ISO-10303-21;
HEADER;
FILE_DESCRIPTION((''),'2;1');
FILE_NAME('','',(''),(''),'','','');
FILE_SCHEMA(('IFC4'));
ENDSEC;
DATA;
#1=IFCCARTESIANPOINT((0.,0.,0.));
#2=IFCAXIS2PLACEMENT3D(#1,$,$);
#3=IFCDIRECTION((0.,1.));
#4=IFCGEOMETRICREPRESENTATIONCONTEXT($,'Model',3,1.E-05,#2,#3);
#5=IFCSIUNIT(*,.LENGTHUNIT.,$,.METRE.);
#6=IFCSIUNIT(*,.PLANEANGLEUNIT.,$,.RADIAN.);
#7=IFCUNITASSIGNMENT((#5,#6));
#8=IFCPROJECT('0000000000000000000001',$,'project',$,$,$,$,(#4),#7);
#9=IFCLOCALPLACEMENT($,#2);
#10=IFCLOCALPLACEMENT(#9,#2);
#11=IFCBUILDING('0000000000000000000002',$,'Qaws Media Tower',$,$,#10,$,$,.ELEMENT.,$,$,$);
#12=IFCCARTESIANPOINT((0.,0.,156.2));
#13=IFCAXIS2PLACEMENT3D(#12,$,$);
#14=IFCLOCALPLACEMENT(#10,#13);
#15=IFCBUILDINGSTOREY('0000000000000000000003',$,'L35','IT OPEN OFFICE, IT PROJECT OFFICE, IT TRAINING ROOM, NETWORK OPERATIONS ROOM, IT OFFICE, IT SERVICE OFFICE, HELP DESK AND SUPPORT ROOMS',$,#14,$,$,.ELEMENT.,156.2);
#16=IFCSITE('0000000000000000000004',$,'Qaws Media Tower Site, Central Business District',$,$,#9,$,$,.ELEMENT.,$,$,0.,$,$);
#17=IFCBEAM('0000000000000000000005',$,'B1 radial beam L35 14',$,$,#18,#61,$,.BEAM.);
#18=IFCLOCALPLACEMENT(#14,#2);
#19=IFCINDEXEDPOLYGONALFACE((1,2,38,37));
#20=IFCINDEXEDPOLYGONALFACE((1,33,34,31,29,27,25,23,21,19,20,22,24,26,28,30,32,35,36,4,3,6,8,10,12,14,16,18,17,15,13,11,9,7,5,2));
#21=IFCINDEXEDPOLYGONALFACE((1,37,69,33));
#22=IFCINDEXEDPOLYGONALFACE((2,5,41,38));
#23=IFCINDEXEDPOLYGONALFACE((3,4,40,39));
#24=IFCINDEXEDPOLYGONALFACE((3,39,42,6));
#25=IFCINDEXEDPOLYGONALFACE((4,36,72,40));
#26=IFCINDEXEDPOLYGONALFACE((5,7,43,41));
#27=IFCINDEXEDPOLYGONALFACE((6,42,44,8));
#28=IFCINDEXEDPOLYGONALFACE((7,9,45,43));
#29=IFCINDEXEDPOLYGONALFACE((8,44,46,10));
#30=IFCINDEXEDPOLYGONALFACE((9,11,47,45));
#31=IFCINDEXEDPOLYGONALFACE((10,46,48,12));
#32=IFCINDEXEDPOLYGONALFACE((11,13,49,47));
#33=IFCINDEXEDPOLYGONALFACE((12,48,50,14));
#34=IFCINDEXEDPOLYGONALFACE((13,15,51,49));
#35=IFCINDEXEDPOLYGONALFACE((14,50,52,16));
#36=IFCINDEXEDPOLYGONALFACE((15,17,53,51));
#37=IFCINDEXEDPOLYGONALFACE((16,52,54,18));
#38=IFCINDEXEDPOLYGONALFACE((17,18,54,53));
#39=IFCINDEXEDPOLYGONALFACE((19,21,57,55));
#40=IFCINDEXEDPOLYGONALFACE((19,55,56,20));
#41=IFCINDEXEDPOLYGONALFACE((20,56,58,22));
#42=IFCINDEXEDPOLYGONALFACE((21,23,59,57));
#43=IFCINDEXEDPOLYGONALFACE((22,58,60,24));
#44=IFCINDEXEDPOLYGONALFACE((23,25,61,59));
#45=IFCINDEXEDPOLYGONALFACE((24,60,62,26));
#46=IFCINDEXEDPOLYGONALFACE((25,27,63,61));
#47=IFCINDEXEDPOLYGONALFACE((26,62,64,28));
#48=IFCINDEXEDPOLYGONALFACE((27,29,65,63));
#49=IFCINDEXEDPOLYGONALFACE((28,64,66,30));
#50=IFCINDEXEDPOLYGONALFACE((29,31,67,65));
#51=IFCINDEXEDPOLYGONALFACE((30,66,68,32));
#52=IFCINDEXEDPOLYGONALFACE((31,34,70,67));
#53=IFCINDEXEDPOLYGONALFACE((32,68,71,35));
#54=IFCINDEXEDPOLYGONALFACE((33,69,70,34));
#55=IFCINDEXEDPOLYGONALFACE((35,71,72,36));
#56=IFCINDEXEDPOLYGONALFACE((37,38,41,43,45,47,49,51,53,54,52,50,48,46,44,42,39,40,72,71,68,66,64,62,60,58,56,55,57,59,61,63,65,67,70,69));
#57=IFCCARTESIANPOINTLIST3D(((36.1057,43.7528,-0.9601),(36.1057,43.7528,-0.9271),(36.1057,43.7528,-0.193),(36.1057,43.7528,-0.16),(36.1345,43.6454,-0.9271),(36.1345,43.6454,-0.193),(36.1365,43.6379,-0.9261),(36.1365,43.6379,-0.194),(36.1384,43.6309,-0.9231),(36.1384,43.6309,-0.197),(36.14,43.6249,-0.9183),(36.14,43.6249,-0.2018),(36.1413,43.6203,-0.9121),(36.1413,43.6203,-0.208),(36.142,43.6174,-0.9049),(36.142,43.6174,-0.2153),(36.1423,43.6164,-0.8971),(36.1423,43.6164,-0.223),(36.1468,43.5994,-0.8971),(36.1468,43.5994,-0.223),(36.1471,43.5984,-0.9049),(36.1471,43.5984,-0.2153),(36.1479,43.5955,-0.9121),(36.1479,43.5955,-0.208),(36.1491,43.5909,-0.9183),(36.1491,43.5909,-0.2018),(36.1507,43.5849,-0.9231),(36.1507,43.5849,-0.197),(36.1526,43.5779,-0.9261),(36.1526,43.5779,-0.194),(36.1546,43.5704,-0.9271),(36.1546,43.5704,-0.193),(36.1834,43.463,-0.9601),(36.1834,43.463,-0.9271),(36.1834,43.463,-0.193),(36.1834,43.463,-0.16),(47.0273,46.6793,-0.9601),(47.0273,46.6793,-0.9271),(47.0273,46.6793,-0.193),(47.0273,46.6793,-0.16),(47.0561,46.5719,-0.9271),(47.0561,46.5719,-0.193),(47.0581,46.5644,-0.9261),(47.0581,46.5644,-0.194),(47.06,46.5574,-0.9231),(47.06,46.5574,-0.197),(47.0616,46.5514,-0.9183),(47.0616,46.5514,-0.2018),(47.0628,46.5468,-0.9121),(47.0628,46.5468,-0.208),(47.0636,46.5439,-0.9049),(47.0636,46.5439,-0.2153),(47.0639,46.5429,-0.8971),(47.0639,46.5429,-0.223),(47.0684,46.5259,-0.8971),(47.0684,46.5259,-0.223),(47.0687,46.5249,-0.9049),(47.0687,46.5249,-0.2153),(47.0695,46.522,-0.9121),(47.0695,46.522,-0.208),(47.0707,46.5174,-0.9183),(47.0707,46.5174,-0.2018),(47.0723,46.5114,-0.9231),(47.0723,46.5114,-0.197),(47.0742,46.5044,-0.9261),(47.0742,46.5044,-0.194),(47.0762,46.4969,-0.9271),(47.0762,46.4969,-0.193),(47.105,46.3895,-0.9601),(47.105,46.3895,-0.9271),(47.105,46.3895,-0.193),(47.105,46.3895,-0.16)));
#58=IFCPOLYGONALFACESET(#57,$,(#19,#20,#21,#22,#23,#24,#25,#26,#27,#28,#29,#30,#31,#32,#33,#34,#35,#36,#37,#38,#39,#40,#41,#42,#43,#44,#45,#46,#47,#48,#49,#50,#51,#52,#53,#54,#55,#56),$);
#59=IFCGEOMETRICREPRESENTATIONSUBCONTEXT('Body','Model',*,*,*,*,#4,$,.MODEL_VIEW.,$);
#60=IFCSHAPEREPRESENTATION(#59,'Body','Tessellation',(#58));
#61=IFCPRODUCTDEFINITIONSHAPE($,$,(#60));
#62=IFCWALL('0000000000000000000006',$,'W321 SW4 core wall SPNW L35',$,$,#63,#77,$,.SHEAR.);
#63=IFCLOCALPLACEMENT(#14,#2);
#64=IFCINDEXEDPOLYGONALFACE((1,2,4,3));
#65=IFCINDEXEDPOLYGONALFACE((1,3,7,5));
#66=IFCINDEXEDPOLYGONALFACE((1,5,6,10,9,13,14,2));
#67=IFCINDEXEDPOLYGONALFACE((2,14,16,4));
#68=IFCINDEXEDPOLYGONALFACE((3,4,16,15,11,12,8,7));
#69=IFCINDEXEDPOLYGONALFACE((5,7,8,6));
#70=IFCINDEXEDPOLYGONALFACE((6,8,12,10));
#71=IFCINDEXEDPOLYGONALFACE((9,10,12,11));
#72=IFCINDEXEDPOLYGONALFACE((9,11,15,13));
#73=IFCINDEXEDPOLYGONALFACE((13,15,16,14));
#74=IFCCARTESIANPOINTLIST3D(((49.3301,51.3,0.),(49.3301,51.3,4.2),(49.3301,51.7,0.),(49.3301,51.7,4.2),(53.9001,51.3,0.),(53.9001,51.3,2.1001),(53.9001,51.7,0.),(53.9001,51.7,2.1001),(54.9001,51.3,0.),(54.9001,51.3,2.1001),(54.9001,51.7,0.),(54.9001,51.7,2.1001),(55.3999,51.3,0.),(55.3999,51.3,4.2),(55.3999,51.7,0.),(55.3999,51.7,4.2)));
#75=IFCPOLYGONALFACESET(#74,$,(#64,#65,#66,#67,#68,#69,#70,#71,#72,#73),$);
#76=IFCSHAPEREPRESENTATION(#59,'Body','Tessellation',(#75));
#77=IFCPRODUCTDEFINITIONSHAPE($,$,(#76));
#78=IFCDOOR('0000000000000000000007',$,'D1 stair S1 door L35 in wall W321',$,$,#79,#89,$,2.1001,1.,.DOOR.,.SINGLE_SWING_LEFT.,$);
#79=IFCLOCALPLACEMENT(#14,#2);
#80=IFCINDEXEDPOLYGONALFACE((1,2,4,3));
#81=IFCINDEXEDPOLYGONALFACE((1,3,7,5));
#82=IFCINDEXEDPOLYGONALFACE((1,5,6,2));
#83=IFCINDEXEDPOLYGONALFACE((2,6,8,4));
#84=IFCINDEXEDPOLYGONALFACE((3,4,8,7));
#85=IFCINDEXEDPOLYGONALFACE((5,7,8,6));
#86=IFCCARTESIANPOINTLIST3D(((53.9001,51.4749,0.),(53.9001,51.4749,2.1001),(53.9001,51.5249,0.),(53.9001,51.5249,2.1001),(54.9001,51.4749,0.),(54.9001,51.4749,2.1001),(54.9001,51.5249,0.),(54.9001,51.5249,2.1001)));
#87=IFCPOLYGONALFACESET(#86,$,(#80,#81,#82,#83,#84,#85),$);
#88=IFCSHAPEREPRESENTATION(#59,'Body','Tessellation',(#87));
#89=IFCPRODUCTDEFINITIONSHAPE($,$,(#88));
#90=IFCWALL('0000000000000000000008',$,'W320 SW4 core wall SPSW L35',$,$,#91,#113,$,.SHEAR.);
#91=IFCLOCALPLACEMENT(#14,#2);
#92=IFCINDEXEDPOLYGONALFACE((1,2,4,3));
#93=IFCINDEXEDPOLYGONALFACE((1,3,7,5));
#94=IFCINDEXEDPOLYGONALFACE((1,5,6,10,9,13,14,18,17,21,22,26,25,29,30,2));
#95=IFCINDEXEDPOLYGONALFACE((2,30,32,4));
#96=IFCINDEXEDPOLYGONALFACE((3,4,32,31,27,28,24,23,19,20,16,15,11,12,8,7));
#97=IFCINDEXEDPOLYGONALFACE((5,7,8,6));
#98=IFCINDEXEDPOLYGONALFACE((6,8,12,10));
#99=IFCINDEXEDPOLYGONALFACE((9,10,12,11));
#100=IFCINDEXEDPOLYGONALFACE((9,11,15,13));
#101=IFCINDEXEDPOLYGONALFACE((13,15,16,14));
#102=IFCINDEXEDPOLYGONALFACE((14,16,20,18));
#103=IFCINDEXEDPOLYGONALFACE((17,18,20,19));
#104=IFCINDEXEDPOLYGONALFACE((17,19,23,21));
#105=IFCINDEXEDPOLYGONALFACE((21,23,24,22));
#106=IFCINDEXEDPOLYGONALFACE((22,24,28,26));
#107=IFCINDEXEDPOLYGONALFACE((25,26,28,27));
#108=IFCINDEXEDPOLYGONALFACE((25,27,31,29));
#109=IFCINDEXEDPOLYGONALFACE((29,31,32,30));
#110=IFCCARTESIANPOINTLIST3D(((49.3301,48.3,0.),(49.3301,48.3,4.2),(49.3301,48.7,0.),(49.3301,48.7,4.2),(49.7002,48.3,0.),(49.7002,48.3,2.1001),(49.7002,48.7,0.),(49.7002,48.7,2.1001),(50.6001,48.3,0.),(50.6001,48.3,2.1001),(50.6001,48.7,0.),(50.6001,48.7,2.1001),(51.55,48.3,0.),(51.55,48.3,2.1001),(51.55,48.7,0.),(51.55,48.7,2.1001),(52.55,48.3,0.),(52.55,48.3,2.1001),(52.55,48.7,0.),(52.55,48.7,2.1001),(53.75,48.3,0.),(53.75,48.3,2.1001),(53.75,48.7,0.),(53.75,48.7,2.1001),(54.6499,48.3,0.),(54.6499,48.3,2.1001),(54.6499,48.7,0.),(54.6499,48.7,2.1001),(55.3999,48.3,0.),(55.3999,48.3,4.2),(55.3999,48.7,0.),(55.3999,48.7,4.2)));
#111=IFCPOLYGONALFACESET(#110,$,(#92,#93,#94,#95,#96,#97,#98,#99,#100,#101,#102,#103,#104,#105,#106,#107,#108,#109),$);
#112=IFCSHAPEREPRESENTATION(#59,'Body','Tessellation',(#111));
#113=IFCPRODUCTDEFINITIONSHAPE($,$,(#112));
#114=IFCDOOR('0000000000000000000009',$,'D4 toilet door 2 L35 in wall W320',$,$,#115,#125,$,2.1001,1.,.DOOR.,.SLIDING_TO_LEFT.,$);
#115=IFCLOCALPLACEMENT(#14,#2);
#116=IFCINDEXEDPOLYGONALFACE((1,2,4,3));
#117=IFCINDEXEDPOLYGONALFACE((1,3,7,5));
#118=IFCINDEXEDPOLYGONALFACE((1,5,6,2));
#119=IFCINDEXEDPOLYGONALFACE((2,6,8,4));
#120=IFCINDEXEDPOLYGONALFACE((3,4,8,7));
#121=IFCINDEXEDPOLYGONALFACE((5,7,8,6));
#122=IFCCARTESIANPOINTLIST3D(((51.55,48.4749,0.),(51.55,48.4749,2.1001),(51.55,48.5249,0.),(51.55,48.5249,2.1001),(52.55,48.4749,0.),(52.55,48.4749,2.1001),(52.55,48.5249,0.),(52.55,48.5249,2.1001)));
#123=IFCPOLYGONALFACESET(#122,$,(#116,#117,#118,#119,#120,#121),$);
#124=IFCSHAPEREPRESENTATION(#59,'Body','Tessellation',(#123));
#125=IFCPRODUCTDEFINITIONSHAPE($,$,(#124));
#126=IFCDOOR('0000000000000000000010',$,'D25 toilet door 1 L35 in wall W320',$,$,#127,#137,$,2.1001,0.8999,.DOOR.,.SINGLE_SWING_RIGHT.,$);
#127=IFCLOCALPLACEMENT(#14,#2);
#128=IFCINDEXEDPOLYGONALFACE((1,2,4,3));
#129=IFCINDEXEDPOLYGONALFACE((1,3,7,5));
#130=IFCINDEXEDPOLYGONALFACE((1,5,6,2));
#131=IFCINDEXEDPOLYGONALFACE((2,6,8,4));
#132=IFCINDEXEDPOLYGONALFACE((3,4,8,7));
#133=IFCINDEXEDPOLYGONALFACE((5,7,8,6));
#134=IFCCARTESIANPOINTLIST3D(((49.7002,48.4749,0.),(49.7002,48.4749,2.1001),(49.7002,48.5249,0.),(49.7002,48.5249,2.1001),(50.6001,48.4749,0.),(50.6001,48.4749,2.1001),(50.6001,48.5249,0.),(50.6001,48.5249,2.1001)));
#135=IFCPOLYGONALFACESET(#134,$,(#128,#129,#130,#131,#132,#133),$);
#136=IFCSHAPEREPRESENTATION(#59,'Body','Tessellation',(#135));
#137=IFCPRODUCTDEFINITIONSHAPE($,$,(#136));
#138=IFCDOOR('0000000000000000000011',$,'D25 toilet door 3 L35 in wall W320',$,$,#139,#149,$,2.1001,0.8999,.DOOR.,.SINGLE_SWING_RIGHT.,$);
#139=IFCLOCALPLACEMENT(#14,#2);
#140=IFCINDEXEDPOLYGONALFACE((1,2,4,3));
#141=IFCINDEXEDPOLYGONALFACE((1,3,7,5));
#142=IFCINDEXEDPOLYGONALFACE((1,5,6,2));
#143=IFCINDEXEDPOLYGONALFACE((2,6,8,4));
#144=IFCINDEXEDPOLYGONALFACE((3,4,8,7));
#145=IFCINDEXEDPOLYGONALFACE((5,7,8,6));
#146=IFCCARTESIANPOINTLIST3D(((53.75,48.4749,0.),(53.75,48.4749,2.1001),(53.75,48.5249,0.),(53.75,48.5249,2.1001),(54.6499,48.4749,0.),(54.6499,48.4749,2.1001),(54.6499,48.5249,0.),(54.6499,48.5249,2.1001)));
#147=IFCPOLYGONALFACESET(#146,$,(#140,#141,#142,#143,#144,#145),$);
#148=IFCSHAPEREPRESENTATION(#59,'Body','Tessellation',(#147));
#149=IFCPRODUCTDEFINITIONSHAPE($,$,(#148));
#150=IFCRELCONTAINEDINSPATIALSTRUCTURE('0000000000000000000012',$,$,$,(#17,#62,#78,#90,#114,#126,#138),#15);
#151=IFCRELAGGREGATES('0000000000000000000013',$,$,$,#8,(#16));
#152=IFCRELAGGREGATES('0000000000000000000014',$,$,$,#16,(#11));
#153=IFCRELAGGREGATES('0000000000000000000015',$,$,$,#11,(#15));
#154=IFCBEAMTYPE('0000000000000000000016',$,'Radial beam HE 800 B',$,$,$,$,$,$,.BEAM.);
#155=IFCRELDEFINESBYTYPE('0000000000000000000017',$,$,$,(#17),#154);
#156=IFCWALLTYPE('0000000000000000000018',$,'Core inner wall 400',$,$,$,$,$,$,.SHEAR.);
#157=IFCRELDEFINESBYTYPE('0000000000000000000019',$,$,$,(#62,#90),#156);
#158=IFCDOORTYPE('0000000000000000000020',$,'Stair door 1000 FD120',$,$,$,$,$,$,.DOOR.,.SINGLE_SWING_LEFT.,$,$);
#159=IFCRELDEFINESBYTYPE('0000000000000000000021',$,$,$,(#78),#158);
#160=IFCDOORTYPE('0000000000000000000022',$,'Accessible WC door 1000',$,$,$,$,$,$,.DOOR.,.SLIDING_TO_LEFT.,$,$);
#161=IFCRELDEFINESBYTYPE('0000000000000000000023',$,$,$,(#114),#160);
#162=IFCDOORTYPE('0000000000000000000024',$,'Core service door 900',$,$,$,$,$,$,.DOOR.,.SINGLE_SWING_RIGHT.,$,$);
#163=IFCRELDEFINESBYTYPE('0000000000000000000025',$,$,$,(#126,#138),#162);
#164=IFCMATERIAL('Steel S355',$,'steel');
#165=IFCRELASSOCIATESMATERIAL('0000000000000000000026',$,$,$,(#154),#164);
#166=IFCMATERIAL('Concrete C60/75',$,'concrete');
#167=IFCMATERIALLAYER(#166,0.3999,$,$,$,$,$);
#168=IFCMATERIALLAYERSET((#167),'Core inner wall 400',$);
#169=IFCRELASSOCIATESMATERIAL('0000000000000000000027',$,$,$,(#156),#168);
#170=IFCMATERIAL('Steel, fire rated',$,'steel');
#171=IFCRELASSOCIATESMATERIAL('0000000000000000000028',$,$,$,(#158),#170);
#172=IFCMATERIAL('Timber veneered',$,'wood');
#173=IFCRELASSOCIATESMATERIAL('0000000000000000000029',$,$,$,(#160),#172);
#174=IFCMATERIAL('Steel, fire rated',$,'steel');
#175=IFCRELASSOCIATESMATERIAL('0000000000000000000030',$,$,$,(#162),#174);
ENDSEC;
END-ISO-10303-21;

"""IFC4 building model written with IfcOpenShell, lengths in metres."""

from ifc_helpers import new_model, si_unit, direction, frame, frame_2d, origin, origin_2d, place, context, subcontext, project, spatial, rectangle, i_section, extrude, material, layer, layer_set, material_profile, profile_set, type_object, element, fill, save


model = new_model("IFC4")

# Units and contexts
model_context = context("Model", 3, precision=1e-05, world=origin(), true_north=direction((0.0, 1.0)))
body_context = subcontext(model_context, "Body", "Model", "MODEL_VIEW")
ifc_project = project(units=[si_unit("LENGTHUNIT", "METRE"), si_unit("PLANEANGLEUNIT", "RADIAN")], contexts=[model_context])

# Site, building, storey
site_placement = place(None, origin())
site = spatial("IfcSite", under=ifc_project, at=site_placement, Name="Qaws Media Tower Site, Central Business District", CompositionType="ELEMENT", RefElevation=0.0)
building_placement = place(site_placement, origin())
building = spatial("IfcBuilding", under=site, at=building_placement, Name="Qaws Media Tower", CompositionType="ELEMENT")
storey_placement = place(building_placement, frame((0.0, 0.0, 156.2)))
storey = spatial("IfcBuildingStorey", under=building, at=storey_placement, Name="L35", Description="IT OPEN OFFICE, IT PROJECT OFFICE, IT TRAINING ROOM, NETWORK OPERATIONS ROOM, IT OFFICE, IT SERVICE OFFICE, HELP DESK AND SUPPORT ROOMS", CompositionType="ELEMENT", Elevation=156.2)

# Beam
ifc_material_1 = material(Name="Steel S355", Category="steel")
ifc_material_profile_1 = material_profile(ifc_material_1, i_section(OverallWidth=0.3, OverallDepth=0.8, WebThickness=0.0176, FlangeThickness=0.033, FilletRadius=0.03, at=origin_2d()), Name="HE 800 B")
ifc_profile_set_1 = profile_set([ifc_material_profile_1], Name="Steel S355")
beam_type_1 = type_object("IfcBeamType", Name="Radial beam HE 800 B", PredefinedType="BEAM", material=ifc_profile_set_1)
beam_1_placement = place(storey_placement, frame((47.0662, 46.5344, -0.5601), z_axis=(-0.965924, -0.258825, 0.0), x_axis=(0.258825, -0.965924, 0.0)))
element("IfcBeam", 1, at=beam_1_placement, inside=storey, type_object=beam_type_1, Name="B1 radial beam L35 14", PredefinedType="BEAM", context=body_context, shape_type="SweptSolid", body=[
    extrude(i_section(OverallWidth=0.3, OverallDepth=0.8, WebThickness=0.0176, FlangeThickness=0.033, FilletRadius=0.03, at=origin_2d()), origin(), (0.0, 0.0, 1.0), 11.3069),
])

# Wall, opening, door
ifc_material_2 = material(Name="Concrete C60/75", Category="concrete")
ifc_layer_1 = layer(ifc_material_2, 0.3999)
ifc_layer_set_1 = layer_set([ifc_layer_1], Name="Core inner wall 400")
wall_type_1 = type_object("IfcWallType", Name="Core inner wall 400", PredefinedType="SHEAR", material=ifc_layer_set_1)
wall_1_placement = place(storey_placement, frame((49.3301, 51.5, 0.0), z_axis=(0.0, 0.0, 1.0), x_axis=(1.0, 0.0, 0.0)))
wall_1 = element("IfcWall", 2, at=wall_1_placement, inside=storey, type_object=wall_type_1, Name="W321 SW4 core wall SPNW L35", PredefinedType="SHEAR", context=body_context, shape_type="SweptSolid", body=[
    extrude(rectangle(XDim=6.0698, YDim=0.3999, at=frame_2d((3.0349, 0.0))), origin(), (0.0, 0.0, 1.0), 4.2),
])
opening_1_placement = place(wall_1_placement, frame((4.5701, 0.0, 0.0)))
opening_1 = element("IfcOpeningElement", 3, at=opening_1_placement, cuts=wall_1, PredefinedType="OPENING", context=body_context, shape_type="SweptSolid", body=[
    extrude(rectangle(XDim=1.0, YDim=2.1001, at=frame_2d((0.5, 1.05))), frame((0.0, 0.21, 0.0), z_axis=(0.0, -1.0, 0.0), x_axis=(1.0, 0.0, 0.0)), (0.0, 0.0, 1.0), 0.4199),
])
ifc_material_3 = material(Name="Steel, fire rated", Category="steel")
door_type_1 = type_object("IfcDoorType", Name="Stair door 1000 FD120", OperationType="SINGLE_SWING_LEFT", PredefinedType="DOOR", material=ifc_material_3)
door_1_placement = place(opening_1_placement, origin())
door_1 = element("IfcDoor", 4, at=door_1_placement, inside=storey, type_object=door_type_1, Name="D1 stair S1 door L35 in wall W321", OperationType="SINGLE_SWING_LEFT", OverallHeight=2.1001, OverallWidth=1.0, PredefinedType="DOOR", context=body_context, shape_type="SweptSolid", body=[
    extrude(rectangle(XDim=1.0, YDim=2.1001, at=frame_2d((0.5, 1.05))), frame((0.0, 0.0249, 0.0), z_axis=(0.0, -1.0, 0.0), x_axis=(1.0, 0.0, 0.0)), (0.0, 0.0, 1.0), 0.05),
])
fill(opening_1, door_1)

# Wall, openings, doors
wall_2_placement = place(storey_placement, frame((49.3301, 48.5, 0.0), z_axis=(0.0, 0.0, 1.0), x_axis=(1.0, 0.0, 0.0)))
wall_2 = element("IfcWall", 5, at=wall_2_placement, inside=storey, type_object=wall_type_1, Name="W320 SW4 core wall SPSW L35", PredefinedType="SHEAR", context=body_context, shape_type="SweptSolid", body=[
    extrude(rectangle(XDim=6.0698, YDim=0.3999, at=frame_2d((3.0349, 0.0))), origin(), (0.0, 0.0, 1.0), 4.2),
])
opening_2_placement = place(wall_2_placement, frame((0.3701, 0.0, 0.0)))
opening_2 = element("IfcOpeningElement", 6, at=opening_2_placement, cuts=wall_2, PredefinedType="OPENING", context=body_context, shape_type="SweptSolid", body=[
    extrude(rectangle(XDim=0.8999, YDim=2.1001, at=frame_2d((0.45, 1.05))), frame((0.0, 0.21, 0.0), z_axis=(0.0, -1.0, 0.0), x_axis=(1.0, 0.0, 0.0)), (0.0, 0.0, 1.0), 0.4199),
])
opening_3_placement = place(wall_2_placement, frame((2.22, 0.0, 0.0)))
opening_3 = element("IfcOpeningElement", 7, at=opening_3_placement, cuts=wall_2, PredefinedType="OPENING", context=body_context, shape_type="SweptSolid", body=[
    extrude(rectangle(XDim=1.0, YDim=2.1001, at=frame_2d((0.5, 1.05))), frame((0.0, 0.21, 0.0), z_axis=(0.0, -1.0, 0.0), x_axis=(1.0, 0.0, 0.0)), (0.0, 0.0, 1.0), 0.4199),
])
opening_4_placement = place(wall_2_placement, frame((4.4199, 0.0, 0.0)))
opening_4 = element("IfcOpeningElement", 8, at=opening_4_placement, cuts=wall_2, PredefinedType="OPENING", context=body_context, shape_type="SweptSolid", body=[
    extrude(rectangle(XDim=0.8999, YDim=2.1001, at=frame_2d((0.45, 1.05))), frame((0.0, 0.21, 0.0), z_axis=(0.0, -1.0, 0.0), x_axis=(1.0, 0.0, 0.0)), (0.0, 0.0, 1.0), 0.4199),
])
ifc_material_4 = material(Name="Timber veneered", Category="wood")
door_type_2 = type_object("IfcDoorType", Name="Accessible WC door 1000", OperationType="SLIDING_TO_LEFT", PredefinedType="DOOR", material=ifc_material_4)
door_2_placement = place(opening_3_placement, origin())
door_2 = element("IfcDoor", 9, at=door_2_placement, inside=storey, type_object=door_type_2, Name="D4 toilet door 2 L35 in wall W320", OperationType="SLIDING_TO_LEFT", OverallHeight=2.1001, OverallWidth=1.0, PredefinedType="DOOR", context=body_context, shape_type="SweptSolid", body=[
    extrude(rectangle(XDim=1.0, YDim=2.1001, at=frame_2d((0.5, 1.05))), frame((0.0, 0.0249, 0.0), z_axis=(0.0, -1.0, 0.0), x_axis=(1.0, 0.0, 0.0)), (0.0, 0.0, 1.0), 0.05),
])
fill(opening_3, door_2)
ifc_material_5 = material(Name="Steel, fire rated", Category="steel")
door_type_3 = type_object("IfcDoorType", Name="Core service door 900", OperationType="SINGLE_SWING_RIGHT", PredefinedType="DOOR", material=ifc_material_5)
door_3_placement = place(opening_2_placement, origin())
door_3 = element("IfcDoor", 10, at=door_3_placement, inside=storey, type_object=door_type_3, Name="D25 toilet door 1 L35 in wall W320", OperationType="SINGLE_SWING_RIGHT", OverallHeight=2.1001, OverallWidth=0.8999, PredefinedType="DOOR", context=body_context, shape_type="SweptSolid", body=[
    extrude(rectangle(XDim=0.8999, YDim=2.1001, at=frame_2d((0.45, 1.05))), frame((0.0, 0.0249, 0.0), z_axis=(0.0, -1.0, 0.0), x_axis=(1.0, 0.0, 0.0)), (0.0, 0.0, 1.0), 0.05),
])
fill(opening_2, door_3)
door_4_placement = place(opening_4_placement, origin())
door_4 = element("IfcDoor", 11, at=door_4_placement, inside=storey, type_object=door_type_3, Name="D25 toilet door 3 L35 in wall W320", OperationType="SINGLE_SWING_RIGHT", OverallHeight=2.1001, OverallWidth=0.8999, PredefinedType="DOOR", context=body_context, shape_type="SweptSolid", body=[
    extrude(rectangle(XDim=0.8999, YDim=2.1001, at=frame_2d((0.45, 1.05))), frame((0.0, 0.0249, 0.0), z_axis=(0.0, -1.0, 0.0), x_axis=(1.0, 0.0, 0.0)), (0.0, 0.0, 1.0), 0.05),
])
fill(opening_4, door_4)

save(model, "model.ifc")
